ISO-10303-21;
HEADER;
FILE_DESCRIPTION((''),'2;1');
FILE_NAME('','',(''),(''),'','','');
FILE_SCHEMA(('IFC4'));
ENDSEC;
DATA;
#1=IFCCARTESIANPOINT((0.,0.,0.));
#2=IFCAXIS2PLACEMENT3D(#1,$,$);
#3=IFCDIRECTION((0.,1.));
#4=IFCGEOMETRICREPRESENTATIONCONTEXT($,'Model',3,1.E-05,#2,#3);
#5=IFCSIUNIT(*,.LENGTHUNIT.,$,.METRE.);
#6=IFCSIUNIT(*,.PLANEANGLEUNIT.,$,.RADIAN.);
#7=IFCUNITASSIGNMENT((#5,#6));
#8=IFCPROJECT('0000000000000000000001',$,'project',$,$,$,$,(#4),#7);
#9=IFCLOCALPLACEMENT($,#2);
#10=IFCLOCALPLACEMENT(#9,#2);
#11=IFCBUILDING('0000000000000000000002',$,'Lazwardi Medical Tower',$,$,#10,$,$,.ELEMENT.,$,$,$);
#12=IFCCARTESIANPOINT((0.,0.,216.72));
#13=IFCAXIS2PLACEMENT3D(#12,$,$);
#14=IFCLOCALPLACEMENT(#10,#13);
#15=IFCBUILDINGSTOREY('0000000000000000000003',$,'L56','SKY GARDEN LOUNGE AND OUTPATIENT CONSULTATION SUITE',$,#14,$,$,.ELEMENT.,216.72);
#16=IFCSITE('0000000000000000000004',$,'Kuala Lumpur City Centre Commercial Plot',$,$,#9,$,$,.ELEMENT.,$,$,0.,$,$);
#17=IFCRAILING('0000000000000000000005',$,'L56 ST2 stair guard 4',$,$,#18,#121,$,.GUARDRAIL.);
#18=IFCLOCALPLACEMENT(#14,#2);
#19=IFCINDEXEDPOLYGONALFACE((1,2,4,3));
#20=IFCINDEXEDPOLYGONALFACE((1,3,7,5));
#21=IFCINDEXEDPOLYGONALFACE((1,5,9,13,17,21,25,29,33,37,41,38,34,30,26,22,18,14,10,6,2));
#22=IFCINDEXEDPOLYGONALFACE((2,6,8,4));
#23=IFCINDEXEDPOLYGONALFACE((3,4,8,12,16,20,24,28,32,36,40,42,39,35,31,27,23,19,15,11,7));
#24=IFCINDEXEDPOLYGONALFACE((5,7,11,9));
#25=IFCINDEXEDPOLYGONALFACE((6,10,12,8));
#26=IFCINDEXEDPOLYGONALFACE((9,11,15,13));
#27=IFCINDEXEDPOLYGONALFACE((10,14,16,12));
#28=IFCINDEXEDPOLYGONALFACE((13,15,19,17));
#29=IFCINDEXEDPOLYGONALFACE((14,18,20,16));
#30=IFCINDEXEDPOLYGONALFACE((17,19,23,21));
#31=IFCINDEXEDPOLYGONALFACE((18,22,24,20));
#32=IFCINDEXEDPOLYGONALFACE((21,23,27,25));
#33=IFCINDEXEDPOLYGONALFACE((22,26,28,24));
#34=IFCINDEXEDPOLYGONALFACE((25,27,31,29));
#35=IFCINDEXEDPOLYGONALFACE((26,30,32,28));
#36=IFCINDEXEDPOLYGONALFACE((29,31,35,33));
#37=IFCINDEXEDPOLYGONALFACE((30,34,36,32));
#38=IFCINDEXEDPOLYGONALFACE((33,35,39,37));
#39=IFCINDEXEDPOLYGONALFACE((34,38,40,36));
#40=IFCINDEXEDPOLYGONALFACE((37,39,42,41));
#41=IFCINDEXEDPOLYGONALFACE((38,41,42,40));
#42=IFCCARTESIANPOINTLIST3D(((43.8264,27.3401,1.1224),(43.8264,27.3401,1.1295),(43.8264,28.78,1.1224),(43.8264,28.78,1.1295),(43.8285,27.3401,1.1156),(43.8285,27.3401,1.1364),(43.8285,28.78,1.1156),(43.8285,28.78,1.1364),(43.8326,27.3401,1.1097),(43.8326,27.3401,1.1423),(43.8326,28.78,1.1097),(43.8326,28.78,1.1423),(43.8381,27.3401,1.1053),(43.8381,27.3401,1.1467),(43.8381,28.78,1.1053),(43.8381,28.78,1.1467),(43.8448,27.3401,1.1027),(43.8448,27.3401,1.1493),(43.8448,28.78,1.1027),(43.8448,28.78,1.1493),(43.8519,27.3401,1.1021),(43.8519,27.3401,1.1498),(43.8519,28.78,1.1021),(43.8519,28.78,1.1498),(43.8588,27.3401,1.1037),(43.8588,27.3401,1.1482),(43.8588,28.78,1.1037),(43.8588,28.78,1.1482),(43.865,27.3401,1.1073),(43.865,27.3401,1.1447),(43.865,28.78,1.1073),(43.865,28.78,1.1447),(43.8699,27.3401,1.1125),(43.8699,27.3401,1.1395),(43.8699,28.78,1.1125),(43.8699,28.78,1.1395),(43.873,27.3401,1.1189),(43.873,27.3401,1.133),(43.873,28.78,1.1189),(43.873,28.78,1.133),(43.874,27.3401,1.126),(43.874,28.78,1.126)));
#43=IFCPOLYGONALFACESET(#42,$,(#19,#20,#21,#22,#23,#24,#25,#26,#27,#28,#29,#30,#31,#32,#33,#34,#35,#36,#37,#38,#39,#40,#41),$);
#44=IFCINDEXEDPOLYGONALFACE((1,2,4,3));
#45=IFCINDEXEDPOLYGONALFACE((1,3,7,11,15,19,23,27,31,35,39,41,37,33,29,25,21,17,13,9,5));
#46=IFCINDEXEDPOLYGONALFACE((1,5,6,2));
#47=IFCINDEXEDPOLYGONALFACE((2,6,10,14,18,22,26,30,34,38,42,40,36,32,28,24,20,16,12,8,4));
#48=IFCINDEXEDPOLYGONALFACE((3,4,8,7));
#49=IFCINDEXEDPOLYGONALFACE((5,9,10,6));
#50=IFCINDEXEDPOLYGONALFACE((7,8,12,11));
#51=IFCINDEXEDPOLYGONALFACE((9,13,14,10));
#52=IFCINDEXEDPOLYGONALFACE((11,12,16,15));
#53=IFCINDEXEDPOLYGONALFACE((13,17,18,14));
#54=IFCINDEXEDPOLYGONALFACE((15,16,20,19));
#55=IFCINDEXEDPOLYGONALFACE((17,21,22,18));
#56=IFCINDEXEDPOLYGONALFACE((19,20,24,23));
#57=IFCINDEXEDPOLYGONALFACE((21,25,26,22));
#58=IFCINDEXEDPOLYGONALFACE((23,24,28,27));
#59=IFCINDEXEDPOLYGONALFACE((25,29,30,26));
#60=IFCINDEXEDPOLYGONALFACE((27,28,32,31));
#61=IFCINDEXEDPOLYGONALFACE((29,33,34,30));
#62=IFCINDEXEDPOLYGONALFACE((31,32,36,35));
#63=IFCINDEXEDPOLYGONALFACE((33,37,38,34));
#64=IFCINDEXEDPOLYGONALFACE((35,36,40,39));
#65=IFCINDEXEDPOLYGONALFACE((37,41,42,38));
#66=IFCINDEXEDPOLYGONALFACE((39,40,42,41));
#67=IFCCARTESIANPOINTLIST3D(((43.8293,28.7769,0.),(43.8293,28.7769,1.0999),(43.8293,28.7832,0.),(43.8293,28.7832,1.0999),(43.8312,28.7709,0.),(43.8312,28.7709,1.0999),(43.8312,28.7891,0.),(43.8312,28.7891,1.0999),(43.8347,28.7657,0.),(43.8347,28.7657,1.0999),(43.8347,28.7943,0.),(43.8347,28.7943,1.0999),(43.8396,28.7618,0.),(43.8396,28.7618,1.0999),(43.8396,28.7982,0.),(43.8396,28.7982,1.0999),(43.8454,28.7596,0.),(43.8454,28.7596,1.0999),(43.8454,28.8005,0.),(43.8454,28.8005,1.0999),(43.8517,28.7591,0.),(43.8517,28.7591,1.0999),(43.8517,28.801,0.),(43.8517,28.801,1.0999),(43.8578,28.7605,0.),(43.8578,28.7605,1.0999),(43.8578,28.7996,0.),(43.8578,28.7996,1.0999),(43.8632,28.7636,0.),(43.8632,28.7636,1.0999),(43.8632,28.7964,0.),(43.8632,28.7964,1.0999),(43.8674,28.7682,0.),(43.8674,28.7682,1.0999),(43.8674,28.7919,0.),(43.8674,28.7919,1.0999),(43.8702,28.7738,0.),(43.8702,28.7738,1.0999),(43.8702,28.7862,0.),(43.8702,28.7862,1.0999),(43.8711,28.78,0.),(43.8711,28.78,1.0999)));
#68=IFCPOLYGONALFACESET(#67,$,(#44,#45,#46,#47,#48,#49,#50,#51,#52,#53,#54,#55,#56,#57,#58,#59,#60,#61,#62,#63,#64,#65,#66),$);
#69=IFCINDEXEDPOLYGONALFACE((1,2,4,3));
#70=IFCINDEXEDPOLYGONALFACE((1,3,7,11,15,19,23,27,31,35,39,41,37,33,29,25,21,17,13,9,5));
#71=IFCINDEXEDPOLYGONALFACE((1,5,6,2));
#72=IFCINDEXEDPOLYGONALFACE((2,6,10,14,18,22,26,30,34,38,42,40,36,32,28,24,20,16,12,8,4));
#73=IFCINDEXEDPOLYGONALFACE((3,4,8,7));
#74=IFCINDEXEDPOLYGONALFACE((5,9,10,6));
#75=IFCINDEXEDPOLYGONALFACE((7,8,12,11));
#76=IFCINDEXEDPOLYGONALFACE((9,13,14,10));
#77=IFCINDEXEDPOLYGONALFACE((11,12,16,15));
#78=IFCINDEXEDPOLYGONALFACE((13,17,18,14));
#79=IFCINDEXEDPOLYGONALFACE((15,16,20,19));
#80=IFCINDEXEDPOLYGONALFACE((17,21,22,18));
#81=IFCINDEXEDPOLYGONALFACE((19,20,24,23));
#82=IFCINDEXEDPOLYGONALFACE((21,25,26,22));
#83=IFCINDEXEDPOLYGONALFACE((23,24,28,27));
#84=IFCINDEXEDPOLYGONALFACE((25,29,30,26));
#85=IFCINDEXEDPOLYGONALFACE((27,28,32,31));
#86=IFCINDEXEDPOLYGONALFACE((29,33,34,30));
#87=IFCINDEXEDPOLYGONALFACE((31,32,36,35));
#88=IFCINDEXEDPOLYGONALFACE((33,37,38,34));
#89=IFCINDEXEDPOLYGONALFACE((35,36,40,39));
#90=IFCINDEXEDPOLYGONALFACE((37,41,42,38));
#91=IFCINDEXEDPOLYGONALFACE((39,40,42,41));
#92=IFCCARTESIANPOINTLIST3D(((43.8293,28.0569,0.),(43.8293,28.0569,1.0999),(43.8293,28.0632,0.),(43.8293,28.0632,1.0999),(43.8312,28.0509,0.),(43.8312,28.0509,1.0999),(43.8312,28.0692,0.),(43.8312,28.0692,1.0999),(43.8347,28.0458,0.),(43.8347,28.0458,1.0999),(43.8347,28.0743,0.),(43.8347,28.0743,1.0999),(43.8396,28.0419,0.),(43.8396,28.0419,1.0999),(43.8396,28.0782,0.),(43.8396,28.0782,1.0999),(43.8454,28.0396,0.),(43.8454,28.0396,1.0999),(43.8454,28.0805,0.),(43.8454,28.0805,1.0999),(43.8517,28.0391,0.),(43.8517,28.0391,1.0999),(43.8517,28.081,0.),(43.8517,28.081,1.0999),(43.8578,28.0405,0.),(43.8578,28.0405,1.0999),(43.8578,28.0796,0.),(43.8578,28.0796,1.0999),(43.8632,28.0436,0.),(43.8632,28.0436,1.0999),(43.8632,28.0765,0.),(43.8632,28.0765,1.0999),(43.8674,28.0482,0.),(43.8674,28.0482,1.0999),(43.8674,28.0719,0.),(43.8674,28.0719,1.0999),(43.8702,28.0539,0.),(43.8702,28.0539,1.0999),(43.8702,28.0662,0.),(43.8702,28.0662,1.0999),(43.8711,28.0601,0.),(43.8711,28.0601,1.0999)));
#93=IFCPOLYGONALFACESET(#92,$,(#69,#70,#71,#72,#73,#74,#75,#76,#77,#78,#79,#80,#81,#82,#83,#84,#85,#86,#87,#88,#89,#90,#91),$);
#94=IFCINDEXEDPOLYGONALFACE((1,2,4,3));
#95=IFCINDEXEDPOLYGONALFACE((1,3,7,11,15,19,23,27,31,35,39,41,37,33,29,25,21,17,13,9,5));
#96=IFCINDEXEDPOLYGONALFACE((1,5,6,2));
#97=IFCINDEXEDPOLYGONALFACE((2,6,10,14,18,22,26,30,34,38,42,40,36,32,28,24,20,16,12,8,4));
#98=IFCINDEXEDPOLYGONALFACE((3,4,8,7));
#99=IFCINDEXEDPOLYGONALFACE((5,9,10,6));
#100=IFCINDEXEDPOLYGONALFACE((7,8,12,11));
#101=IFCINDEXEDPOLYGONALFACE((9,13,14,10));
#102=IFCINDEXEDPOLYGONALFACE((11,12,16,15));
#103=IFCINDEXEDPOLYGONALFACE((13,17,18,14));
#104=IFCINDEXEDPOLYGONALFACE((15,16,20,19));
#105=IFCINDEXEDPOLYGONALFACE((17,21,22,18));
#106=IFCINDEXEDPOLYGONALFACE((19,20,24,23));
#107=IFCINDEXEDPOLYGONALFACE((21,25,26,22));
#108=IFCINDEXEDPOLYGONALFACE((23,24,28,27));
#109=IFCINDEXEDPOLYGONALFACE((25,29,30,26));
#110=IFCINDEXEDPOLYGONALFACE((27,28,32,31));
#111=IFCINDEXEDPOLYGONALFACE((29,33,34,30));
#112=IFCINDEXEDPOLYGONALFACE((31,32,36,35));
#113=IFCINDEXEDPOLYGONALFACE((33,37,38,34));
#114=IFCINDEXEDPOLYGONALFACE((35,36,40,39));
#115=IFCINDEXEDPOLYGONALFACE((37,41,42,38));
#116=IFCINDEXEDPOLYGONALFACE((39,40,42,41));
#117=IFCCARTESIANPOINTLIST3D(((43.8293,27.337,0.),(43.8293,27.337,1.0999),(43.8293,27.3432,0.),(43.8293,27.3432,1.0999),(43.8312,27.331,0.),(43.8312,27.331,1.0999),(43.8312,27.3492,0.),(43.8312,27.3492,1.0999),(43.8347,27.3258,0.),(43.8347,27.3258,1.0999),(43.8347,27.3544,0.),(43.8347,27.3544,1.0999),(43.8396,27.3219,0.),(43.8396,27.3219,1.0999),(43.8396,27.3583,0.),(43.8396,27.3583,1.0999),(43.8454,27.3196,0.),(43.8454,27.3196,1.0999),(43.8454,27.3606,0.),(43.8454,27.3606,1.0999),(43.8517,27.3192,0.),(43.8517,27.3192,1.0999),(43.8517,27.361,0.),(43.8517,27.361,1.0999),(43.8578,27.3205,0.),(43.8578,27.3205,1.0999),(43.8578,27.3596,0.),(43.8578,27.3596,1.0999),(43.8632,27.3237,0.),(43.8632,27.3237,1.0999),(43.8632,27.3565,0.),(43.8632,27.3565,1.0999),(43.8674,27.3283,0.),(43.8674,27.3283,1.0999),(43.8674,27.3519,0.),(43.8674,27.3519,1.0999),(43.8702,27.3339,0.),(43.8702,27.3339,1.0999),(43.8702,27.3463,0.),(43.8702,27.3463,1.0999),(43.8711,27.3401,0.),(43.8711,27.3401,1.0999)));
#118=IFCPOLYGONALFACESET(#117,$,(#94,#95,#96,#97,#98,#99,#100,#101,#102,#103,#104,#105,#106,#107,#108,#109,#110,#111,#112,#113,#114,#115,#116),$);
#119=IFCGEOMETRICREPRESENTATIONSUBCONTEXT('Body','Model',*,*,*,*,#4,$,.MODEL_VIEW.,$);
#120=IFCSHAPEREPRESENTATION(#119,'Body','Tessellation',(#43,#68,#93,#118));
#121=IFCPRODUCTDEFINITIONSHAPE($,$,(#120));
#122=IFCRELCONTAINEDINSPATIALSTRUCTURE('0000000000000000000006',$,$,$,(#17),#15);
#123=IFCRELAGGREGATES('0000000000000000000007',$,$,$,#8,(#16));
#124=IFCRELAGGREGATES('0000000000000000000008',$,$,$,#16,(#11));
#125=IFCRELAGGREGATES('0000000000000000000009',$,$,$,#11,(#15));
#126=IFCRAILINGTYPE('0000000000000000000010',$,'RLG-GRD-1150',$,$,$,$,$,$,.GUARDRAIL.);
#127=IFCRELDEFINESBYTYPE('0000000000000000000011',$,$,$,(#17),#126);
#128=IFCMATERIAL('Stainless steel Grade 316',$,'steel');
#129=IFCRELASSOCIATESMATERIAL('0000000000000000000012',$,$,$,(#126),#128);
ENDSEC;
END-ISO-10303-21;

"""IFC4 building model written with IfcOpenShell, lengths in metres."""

from ifc_helpers import new_model, si_unit, direction, frame, origin, origin_2d, place, context, subcontext, project, spatial, circle, extrude, material, type_object, element, save


model = new_model("IFC4")

# Units and contexts
model_context = context("Model", 3, precision=1e-05, world=origin(), true_north=direction((0.0, 1.0)))
body_context = subcontext(model_context, "Body", "Model", "MODEL_VIEW")
ifc_project = project(units=[si_unit("LENGTHUNIT", "METRE"), si_unit("PLANEANGLEUNIT", "RADIAN")], contexts=[model_context])

# Site, building, storey
site_placement = place(None, origin())
site = spatial("IfcSite", under=ifc_project, at=site_placement, Name="Kuala Lumpur City Centre Commercial Plot", CompositionType="ELEMENT", RefElevation=0.0)
building_placement = place(site_placement, origin())
building = spatial("IfcBuilding", under=site, at=building_placement, Name="Lazwardi Medical Tower", CompositionType="ELEMENT")
storey_placement = place(building_placement, frame((0.0, 0.0, 216.72)))
storey = spatial("IfcBuildingStorey", under=building, at=storey_placement, Name="L56", Description="SKY GARDEN LOUNGE AND OUTPATIENT CONSULTATION SUITE", CompositionType="ELEMENT", Elevation=216.72)

# Railing
ifc_material_1 = material(Name="Stainless steel Grade 316", Category="steel")
railing_type_1 = type_object("IfcRailingType", Name="RLG-GRD-1150", PredefinedType="GUARDRAIL", material=ifc_material_1)
railing_1_placement = place(storey_placement, frame((43.8501, 28.78, 0.0)))
element("IfcRailing", 1, at=railing_1_placement, inside=storey, type_object=railing_type_1, Name="L56 ST2 stair guard 4", PredefinedType="GUARDRAIL", context=body_context, shape_type="SweptSolid", body=[
    extrude(circle(Radius=0.0239, at=origin_2d()), frame((0.0, 0.0, 1.126), z_axis=(0.0, -1.0, 0.0), x_axis=(1.0, 0.0, 0.0)), (0.0, 0.0, 1.0), 1.4399),
    extrude(circle(Radius=0.021, at=origin_2d()), origin(), (0.0, 0.0, 1.0), 1.0999),
    extrude(circle(Radius=0.021, at=origin_2d()), frame((0.0, -0.72, 0.0)), (0.0, 0.0, 1.0), 1.0999),
    extrude(circle(Radius=0.021, at=origin_2d()), frame((0.0, -1.4399, 0.0)), (0.0, 0.0, 1.0), 1.0999),
])

save(model, "model.ifc")
